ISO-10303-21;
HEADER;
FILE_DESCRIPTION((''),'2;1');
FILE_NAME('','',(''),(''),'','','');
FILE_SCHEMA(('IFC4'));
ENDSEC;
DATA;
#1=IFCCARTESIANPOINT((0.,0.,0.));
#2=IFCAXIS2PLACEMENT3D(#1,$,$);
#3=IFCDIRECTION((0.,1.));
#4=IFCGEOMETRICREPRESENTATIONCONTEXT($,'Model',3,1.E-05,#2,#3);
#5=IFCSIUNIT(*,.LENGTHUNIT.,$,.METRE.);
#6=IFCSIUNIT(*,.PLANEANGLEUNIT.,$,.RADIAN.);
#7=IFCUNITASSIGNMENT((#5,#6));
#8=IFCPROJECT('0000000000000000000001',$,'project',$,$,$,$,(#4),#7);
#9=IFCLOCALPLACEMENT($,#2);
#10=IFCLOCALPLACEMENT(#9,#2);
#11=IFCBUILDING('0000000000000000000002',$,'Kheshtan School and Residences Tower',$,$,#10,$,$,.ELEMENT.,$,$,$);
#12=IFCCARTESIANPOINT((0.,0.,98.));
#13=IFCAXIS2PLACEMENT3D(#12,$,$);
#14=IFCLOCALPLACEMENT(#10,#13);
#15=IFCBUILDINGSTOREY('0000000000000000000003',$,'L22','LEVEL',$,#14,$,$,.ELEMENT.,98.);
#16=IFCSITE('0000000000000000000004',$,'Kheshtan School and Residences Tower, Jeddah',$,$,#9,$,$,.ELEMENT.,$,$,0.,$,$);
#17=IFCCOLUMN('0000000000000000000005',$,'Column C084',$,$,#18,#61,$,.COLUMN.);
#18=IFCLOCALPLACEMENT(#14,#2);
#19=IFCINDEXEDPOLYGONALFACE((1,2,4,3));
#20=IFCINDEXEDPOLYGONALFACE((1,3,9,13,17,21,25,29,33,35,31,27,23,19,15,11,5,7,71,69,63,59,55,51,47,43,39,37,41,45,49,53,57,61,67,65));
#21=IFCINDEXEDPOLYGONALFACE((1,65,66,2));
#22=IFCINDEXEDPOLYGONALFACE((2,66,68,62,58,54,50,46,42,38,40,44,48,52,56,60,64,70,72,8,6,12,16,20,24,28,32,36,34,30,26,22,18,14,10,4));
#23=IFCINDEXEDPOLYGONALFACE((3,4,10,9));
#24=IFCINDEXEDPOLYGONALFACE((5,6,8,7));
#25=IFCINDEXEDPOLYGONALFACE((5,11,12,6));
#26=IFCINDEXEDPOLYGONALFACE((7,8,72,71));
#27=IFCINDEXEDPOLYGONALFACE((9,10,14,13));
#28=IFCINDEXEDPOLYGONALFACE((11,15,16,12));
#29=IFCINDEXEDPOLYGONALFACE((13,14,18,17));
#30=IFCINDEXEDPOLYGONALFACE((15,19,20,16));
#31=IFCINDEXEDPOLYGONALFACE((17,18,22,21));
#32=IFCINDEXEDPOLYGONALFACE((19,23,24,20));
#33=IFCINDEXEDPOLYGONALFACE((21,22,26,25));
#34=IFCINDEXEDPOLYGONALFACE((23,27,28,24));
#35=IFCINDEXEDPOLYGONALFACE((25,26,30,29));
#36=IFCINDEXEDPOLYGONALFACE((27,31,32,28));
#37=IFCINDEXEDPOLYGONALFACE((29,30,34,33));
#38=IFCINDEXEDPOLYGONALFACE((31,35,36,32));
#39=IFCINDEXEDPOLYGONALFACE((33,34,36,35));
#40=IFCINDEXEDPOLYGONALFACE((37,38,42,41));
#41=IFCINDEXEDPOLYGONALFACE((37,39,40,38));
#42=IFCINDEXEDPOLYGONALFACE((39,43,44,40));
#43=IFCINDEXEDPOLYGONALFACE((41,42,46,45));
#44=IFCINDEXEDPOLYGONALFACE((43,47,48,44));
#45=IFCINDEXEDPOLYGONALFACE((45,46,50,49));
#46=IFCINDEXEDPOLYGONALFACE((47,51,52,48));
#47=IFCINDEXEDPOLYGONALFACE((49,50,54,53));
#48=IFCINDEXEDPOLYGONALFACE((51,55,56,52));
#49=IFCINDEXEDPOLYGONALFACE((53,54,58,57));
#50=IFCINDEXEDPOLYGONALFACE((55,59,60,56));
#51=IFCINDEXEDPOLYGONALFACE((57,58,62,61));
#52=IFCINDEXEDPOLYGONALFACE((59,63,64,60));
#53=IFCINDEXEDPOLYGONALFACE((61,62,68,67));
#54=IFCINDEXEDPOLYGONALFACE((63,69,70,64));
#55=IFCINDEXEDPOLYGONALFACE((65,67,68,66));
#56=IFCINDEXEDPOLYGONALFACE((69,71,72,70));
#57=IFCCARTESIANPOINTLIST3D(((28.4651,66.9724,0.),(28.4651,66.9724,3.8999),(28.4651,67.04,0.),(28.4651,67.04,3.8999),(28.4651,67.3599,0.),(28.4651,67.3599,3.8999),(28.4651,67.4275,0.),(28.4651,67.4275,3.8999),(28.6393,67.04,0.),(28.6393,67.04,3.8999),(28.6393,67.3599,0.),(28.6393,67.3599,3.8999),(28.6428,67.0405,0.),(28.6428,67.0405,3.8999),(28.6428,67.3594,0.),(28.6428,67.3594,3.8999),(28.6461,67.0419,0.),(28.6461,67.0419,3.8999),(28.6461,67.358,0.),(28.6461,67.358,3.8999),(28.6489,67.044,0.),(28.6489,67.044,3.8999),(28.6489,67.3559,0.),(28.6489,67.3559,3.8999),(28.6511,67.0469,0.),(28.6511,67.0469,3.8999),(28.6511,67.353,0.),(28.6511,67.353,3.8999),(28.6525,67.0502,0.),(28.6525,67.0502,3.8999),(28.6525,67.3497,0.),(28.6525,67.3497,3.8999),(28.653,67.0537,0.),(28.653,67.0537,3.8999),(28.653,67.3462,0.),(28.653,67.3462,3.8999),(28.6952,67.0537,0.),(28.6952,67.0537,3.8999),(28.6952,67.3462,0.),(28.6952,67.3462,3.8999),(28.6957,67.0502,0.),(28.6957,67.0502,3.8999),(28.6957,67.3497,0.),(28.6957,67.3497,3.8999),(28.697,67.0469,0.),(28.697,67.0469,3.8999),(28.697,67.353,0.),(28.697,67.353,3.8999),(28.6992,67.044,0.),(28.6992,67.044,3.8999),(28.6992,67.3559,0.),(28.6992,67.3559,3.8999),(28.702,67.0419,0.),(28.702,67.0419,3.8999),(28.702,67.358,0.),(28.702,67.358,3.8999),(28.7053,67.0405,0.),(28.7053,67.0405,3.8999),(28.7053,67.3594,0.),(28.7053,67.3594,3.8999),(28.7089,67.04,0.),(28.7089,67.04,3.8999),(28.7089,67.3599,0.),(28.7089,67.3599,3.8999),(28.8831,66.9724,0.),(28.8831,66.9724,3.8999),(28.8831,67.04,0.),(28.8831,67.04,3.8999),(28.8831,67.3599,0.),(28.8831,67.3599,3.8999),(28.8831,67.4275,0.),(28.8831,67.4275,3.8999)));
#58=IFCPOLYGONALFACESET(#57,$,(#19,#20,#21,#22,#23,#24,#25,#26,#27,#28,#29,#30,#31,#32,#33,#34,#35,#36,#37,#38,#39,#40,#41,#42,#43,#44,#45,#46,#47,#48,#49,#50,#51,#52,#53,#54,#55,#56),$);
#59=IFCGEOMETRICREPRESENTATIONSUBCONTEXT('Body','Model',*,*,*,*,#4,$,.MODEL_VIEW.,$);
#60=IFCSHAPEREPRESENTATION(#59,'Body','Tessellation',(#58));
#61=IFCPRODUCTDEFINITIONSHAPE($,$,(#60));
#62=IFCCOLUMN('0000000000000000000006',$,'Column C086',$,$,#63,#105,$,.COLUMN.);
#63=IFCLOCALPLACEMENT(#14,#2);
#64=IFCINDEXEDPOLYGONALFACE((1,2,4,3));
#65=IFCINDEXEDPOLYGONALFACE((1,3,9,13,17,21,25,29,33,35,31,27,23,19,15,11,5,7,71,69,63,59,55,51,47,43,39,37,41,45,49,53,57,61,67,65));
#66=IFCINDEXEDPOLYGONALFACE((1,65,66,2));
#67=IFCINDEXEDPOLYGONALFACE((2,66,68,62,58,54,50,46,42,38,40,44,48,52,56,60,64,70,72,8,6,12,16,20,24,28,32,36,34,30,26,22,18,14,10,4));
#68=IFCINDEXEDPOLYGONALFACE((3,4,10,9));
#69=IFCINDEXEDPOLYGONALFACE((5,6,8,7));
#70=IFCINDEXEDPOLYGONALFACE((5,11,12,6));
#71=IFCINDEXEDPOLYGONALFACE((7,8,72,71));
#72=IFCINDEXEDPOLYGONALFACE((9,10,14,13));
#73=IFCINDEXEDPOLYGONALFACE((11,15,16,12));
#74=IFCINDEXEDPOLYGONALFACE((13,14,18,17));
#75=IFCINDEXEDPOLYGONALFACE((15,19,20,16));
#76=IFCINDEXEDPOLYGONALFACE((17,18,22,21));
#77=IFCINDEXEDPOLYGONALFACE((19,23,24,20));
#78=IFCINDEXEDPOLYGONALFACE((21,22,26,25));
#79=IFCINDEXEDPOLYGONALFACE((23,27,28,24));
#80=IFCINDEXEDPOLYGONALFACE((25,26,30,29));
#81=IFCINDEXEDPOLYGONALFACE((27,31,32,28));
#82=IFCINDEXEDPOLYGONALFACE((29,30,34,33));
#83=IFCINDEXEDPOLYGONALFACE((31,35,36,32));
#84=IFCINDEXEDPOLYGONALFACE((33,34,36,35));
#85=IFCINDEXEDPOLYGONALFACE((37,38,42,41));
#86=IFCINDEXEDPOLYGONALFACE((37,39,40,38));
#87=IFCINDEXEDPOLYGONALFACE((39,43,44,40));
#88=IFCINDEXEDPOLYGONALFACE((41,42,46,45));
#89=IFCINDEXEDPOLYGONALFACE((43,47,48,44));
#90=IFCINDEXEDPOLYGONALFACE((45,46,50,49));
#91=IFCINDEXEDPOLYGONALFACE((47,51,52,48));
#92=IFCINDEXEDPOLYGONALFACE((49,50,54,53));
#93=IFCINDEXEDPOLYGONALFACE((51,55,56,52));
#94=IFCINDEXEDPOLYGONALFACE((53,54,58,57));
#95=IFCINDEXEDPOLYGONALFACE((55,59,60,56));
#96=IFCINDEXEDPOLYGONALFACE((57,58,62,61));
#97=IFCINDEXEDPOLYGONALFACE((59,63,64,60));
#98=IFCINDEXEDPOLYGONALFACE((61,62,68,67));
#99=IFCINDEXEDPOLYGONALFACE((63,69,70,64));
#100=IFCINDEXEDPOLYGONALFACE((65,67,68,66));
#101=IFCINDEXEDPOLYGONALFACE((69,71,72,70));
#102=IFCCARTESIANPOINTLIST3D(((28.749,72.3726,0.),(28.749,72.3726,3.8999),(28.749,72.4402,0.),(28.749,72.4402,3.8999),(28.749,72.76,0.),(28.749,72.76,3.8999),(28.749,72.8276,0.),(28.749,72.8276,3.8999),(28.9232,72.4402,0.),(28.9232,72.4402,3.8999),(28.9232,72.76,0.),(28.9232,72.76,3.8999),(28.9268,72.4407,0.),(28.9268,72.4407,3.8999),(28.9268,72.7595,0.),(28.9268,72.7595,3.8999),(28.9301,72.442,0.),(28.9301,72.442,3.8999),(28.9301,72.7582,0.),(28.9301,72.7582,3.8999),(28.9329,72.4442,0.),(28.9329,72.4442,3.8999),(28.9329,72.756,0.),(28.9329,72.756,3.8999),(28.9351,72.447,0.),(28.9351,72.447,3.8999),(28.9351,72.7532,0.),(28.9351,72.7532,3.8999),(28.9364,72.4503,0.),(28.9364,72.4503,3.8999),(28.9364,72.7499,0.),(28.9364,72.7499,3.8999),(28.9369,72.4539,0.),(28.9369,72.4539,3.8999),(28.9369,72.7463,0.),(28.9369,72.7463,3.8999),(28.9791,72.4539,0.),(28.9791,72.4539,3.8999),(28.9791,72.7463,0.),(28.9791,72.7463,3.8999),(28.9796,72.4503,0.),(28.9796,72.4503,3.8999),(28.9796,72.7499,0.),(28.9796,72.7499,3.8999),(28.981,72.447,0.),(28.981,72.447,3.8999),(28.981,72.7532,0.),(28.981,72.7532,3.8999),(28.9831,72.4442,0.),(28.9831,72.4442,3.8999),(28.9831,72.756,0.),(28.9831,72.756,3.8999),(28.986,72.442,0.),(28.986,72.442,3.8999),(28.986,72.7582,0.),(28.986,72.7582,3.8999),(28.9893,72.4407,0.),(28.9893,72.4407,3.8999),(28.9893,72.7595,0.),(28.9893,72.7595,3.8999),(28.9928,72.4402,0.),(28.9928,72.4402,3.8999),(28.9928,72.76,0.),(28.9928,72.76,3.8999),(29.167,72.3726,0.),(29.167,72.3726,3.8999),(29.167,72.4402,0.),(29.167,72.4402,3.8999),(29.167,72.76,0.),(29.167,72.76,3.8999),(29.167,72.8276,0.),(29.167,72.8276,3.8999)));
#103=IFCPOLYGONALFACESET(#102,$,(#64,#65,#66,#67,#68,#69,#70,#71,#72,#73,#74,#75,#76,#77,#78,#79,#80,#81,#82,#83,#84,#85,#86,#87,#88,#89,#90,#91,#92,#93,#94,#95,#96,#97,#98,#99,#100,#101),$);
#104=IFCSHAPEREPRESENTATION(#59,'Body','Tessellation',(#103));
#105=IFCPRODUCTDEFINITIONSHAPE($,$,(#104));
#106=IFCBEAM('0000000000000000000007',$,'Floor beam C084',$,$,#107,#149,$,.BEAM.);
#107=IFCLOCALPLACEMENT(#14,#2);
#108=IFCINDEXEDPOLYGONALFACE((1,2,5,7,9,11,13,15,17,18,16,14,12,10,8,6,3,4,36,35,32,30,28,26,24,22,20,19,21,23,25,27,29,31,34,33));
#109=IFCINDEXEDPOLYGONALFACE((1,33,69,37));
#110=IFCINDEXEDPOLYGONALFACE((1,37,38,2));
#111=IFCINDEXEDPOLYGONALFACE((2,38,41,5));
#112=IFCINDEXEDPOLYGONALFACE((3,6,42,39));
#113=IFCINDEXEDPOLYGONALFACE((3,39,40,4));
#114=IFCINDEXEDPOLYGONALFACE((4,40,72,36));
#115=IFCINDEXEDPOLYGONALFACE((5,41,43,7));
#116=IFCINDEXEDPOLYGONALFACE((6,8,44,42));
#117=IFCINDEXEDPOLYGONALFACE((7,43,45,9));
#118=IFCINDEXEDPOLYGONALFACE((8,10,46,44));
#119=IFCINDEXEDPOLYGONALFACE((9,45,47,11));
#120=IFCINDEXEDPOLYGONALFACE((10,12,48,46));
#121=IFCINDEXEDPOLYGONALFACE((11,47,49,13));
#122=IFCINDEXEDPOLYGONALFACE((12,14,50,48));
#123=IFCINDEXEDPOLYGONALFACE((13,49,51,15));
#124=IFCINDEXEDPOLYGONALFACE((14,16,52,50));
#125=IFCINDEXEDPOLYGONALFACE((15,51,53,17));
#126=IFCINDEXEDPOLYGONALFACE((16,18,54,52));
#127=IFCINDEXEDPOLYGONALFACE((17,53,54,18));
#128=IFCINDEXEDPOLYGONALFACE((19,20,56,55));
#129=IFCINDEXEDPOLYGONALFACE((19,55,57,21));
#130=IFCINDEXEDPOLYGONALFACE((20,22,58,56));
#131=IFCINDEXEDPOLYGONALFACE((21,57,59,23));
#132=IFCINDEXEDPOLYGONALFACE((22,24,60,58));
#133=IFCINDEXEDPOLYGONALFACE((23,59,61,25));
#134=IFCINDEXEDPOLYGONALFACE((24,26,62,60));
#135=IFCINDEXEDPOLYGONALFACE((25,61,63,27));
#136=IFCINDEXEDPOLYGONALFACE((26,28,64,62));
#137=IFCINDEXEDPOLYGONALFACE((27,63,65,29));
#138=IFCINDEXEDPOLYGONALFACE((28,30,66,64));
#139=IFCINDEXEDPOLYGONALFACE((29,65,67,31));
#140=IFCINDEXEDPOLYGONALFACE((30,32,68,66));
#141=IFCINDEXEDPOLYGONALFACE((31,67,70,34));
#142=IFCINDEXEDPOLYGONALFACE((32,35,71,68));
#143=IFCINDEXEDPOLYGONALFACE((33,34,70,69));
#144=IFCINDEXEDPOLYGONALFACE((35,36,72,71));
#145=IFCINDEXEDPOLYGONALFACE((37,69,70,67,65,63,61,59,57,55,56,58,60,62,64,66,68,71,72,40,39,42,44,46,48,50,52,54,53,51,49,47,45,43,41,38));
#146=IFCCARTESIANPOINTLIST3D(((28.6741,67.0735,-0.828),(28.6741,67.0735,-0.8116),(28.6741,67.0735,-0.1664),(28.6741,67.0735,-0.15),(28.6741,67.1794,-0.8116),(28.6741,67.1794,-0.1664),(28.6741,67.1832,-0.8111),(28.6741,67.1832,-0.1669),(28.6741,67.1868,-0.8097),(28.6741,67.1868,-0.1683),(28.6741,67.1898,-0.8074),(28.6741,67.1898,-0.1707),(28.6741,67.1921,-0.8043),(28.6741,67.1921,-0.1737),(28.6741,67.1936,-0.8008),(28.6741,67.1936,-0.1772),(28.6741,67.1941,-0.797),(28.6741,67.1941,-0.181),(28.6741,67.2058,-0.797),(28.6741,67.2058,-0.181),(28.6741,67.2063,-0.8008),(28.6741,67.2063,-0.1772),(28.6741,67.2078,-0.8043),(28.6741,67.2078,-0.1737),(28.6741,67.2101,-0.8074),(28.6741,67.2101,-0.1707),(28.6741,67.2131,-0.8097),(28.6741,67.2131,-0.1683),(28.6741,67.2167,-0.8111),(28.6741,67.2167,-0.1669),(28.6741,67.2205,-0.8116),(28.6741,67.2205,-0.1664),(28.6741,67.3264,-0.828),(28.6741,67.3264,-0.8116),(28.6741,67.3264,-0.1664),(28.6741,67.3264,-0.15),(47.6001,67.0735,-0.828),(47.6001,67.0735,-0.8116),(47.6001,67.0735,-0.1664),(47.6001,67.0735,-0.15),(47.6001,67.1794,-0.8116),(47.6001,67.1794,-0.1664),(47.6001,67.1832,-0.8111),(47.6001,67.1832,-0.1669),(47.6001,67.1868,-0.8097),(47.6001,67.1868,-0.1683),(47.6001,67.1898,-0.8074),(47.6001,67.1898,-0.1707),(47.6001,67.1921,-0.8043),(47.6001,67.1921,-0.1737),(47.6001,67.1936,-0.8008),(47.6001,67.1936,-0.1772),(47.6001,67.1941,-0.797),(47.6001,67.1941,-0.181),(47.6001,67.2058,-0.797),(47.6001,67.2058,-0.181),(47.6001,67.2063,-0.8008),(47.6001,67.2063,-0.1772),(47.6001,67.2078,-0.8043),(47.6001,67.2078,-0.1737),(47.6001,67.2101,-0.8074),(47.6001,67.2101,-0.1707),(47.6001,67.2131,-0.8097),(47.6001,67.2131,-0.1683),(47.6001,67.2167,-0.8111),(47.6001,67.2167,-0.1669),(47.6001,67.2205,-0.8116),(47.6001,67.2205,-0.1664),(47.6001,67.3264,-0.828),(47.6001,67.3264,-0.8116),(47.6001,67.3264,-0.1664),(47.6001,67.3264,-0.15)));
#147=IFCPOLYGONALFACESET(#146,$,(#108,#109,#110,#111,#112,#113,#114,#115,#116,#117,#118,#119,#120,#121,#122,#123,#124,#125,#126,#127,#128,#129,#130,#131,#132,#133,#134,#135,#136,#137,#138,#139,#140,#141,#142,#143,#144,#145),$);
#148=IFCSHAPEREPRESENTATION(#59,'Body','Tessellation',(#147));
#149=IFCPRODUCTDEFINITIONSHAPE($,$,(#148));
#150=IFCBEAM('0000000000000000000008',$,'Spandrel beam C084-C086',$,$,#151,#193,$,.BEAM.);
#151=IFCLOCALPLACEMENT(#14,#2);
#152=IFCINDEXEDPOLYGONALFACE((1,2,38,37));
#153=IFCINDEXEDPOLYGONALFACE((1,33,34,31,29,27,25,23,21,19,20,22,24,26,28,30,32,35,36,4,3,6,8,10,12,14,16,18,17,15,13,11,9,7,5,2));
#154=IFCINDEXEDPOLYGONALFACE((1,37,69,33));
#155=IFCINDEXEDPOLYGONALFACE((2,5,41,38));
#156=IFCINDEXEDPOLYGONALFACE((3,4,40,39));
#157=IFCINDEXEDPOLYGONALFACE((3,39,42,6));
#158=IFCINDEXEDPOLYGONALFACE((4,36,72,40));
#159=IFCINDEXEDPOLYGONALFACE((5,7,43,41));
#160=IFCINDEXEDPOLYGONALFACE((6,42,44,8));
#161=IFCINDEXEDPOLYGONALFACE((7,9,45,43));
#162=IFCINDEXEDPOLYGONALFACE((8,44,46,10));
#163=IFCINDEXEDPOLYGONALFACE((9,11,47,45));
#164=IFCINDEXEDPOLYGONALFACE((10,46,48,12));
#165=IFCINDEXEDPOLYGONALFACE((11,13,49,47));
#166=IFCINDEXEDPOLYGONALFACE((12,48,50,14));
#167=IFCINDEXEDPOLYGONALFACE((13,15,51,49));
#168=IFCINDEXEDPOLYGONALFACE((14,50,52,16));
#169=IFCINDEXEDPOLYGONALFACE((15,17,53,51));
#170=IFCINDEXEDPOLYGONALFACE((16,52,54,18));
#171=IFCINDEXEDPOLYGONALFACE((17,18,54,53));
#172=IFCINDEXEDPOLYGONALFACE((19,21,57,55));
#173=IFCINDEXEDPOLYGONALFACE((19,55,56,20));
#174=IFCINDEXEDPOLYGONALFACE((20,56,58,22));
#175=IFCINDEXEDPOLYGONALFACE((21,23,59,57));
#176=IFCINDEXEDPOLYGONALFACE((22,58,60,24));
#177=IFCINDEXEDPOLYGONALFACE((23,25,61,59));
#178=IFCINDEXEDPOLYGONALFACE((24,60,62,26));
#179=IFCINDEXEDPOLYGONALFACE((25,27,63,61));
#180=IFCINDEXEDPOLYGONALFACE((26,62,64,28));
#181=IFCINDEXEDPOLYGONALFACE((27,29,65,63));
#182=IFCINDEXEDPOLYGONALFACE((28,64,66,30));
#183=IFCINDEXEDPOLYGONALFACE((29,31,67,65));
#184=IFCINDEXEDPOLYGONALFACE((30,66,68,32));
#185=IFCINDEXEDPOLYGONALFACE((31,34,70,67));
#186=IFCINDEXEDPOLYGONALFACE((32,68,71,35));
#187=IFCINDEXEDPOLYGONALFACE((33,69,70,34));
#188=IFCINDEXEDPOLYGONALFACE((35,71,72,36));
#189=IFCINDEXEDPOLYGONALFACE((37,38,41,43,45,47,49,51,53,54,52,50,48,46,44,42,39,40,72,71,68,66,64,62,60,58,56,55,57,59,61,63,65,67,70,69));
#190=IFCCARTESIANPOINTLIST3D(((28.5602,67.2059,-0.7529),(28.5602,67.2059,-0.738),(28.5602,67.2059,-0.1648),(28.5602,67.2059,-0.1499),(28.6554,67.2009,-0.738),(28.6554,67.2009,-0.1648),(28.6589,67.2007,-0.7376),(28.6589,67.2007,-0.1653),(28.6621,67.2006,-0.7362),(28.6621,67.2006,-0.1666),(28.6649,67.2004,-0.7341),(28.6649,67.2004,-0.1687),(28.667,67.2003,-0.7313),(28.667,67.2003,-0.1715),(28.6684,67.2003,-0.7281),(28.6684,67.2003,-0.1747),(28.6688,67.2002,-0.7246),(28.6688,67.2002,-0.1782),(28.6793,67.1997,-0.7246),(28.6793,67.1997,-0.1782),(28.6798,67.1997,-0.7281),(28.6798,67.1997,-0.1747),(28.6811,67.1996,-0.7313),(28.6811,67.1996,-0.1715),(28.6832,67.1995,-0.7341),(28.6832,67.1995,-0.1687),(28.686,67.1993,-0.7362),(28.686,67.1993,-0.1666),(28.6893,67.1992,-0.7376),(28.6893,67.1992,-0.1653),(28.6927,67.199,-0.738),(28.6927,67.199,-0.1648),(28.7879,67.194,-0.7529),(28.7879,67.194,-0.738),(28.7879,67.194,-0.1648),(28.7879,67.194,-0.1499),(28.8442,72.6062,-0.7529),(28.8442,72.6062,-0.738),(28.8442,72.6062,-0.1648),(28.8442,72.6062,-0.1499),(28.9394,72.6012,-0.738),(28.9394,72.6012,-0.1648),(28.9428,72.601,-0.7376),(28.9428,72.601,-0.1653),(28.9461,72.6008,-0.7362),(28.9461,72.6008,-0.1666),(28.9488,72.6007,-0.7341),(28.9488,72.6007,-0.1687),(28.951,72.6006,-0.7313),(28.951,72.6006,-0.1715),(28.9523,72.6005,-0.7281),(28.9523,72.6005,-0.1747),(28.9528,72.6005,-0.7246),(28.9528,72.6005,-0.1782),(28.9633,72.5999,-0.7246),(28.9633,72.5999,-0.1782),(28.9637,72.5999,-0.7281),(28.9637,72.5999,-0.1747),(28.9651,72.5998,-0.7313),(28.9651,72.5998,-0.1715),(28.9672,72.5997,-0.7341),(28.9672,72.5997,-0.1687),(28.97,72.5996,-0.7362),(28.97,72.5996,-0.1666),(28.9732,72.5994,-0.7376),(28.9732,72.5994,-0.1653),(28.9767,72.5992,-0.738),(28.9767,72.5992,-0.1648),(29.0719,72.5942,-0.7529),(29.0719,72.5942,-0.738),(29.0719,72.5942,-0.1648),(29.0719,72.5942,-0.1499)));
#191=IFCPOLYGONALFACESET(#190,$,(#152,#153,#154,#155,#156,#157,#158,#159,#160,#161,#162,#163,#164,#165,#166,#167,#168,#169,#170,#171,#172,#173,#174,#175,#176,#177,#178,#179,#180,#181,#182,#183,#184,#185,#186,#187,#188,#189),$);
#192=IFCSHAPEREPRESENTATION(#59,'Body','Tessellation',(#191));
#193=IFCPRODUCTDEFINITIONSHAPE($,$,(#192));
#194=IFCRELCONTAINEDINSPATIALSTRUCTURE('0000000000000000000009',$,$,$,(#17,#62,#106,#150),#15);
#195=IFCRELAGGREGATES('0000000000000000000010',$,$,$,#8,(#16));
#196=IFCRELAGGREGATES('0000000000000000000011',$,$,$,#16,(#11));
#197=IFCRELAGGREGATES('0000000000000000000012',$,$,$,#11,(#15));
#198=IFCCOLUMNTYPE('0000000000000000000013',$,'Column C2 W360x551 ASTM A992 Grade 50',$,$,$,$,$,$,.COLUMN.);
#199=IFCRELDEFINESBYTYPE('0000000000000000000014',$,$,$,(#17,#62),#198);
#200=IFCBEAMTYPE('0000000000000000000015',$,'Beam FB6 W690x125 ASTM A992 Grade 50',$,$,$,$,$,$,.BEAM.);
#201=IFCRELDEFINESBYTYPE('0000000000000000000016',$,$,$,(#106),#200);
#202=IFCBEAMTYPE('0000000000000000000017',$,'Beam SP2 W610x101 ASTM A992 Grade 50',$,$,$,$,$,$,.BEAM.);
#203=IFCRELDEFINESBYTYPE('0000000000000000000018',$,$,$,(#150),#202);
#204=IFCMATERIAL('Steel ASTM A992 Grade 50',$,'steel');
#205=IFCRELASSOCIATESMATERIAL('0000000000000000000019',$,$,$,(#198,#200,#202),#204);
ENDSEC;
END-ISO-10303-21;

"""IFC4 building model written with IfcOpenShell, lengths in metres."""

from ifc_helpers import new_model, si_unit, direction, frame, origin, origin_2d, place, context, subcontext, project, spatial, i_section, extrude, material, material_profile, profile_set, type_object, element, save


model = new_model("IFC4")

# Units and contexts
model_context = context("Model", 3, precision=1e-05, world=origin(), true_north=direction((0.0, 1.0)))
body_context = subcontext(model_context, "Body", "Model", "MODEL_VIEW")
ifc_project = project(units=[si_unit("LENGTHUNIT", "METRE"), si_unit("PLANEANGLEUNIT", "RADIAN")], contexts=[model_context])

# Site, building, storey
site_placement = place(None, origin())
site = spatial("IfcSite", under=ifc_project, at=site_placement, Name="Kheshtan School and Residences Tower, Jeddah", CompositionType="ELEMENT", RefElevation=0.0)
building_placement = place(site_placement, origin())
building = spatial("IfcBuilding", under=site, at=building_placement, Name="Kheshtan School and Residences Tower", CompositionType="ELEMENT")
storey_placement = place(building_placement, frame((0.0, 0.0, 98.0)))
storey = spatial("IfcBuildingStorey", under=building, at=storey_placement, Name="L22", Description="LEVEL", CompositionType="ELEMENT", Elevation=98.0)

# Columns
ifc_material_1 = material(Name="Steel ASTM A992 Grade 50", Category="steel")
ifc_material_profile_1 = material_profile(ifc_material_1, i_section(OverallWidth=0.418, OverallDepth=0.4551, WebThickness=0.0422, FlangeThickness=0.0676, FilletRadius=0.0137, at=origin_2d()), Name="W360x551")
ifc_profile_set_1 = profile_set([ifc_material_profile_1], Name="Steel ASTM A992 Grade 50")
column_type = type_object("IfcColumnType", Name="Column C2 W360x551 ASTM A992 Grade 50", PredefinedType="COLUMN", material=ifc_profile_set_1)
for number, where, z_axis, x_axis, name in (
    (1, (28.6741, 67.2, 0.0), (0.0, 0.0, 1.0), (1.0, 0.0, 0.0), "Column C084"),
    (2, (28.958, 72.6001, 0.0), (0.0, 0.0, 1.0), (1.0, 0.0, 0.0), "Column C086"),
):
    element("IfcColumn", number, at=place(storey_placement, frame(where, z_axis=z_axis, x_axis=x_axis)), inside=storey, type_object=column_type, Name=name, PredefinedType="COLUMN", context=body_context, shape_type="SweptSolid", body=[
        extrude(i_section(OverallWidth=0.418, OverallDepth=0.4551, WebThickness=0.0422, FlangeThickness=0.0676, FilletRadius=0.0137, at=origin_2d()), origin(), (0.0, 0.0, 1.0), 3.8999),
    ])

# Beams
ifc_material_profile_2 = material_profile(ifc_material_1, i_section(OverallWidth=0.2529, OverallDepth=0.678, WebThickness=0.0117, FlangeThickness=0.0164, FilletRadius=0.0146, at=origin_2d()), Name="W690x125")
ifc_profile_set_2 = profile_set([ifc_material_profile_2], Name="Steel ASTM A992 Grade 50")
beam_type_1 = type_object("IfcBeamType", Name="Beam FB6 W690x125 ASTM A992 Grade 50", PredefinedType="BEAM", material=ifc_profile_set_2)
beam_1_placement = place(storey_placement, frame((28.6741, 67.2, -0.489), z_axis=(1.0, 0.0, 0.0), x_axis=(0.0, 1.0, 0.0)))
element("IfcBeam", 3, at=beam_1_placement, inside=storey, type_object=beam_type_1, Name="Floor beam C084", PredefinedType="BEAM", context=body_context, shape_type="SweptSolid", body=[
    extrude(i_section(OverallWidth=0.2529, OverallDepth=0.678, WebThickness=0.0117, FlangeThickness=0.0164, FilletRadius=0.0146, at=origin_2d()), origin(), (0.0, 0.0, 1.0), 18.926),
])
ifc_material_profile_3 = material_profile(ifc_material_1, i_section(OverallWidth=0.228, OverallDepth=0.603, WebThickness=0.0105, FlangeThickness=0.0149, FilletRadius=0.0134, at=origin_2d()), Name="W610x101")
ifc_profile_set_3 = profile_set([ifc_material_profile_3], Name="Steel ASTM A992 Grade 50")
beam_type_2 = type_object("IfcBeamType", Name="Beam SP2 W610x101 ASTM A992 Grade 50", PredefinedType="BEAM", material=ifc_profile_set_3)
beam_2_placement = place(storey_placement, frame((28.6741, 67.2, -0.4514), z_axis=(0.052507, 0.998621, 0.0), x_axis=(-0.998621, 0.052507, 0.0)))
element("IfcBeam", 4, at=beam_2_placement, inside=storey, type_object=beam_type_2, Name="Spandrel beam C084-C086", PredefinedType="BEAM", context=body_context, shape_type="SweptSolid", body=[
    extrude(i_section(OverallWidth=0.228, OverallDepth=0.603, WebThickness=0.0105, FlangeThickness=0.0149, FilletRadius=0.0134, at=origin_2d()), origin(), (0.0, 0.0, 1.0), 5.4077),
])

save(model, "model.ifc")
